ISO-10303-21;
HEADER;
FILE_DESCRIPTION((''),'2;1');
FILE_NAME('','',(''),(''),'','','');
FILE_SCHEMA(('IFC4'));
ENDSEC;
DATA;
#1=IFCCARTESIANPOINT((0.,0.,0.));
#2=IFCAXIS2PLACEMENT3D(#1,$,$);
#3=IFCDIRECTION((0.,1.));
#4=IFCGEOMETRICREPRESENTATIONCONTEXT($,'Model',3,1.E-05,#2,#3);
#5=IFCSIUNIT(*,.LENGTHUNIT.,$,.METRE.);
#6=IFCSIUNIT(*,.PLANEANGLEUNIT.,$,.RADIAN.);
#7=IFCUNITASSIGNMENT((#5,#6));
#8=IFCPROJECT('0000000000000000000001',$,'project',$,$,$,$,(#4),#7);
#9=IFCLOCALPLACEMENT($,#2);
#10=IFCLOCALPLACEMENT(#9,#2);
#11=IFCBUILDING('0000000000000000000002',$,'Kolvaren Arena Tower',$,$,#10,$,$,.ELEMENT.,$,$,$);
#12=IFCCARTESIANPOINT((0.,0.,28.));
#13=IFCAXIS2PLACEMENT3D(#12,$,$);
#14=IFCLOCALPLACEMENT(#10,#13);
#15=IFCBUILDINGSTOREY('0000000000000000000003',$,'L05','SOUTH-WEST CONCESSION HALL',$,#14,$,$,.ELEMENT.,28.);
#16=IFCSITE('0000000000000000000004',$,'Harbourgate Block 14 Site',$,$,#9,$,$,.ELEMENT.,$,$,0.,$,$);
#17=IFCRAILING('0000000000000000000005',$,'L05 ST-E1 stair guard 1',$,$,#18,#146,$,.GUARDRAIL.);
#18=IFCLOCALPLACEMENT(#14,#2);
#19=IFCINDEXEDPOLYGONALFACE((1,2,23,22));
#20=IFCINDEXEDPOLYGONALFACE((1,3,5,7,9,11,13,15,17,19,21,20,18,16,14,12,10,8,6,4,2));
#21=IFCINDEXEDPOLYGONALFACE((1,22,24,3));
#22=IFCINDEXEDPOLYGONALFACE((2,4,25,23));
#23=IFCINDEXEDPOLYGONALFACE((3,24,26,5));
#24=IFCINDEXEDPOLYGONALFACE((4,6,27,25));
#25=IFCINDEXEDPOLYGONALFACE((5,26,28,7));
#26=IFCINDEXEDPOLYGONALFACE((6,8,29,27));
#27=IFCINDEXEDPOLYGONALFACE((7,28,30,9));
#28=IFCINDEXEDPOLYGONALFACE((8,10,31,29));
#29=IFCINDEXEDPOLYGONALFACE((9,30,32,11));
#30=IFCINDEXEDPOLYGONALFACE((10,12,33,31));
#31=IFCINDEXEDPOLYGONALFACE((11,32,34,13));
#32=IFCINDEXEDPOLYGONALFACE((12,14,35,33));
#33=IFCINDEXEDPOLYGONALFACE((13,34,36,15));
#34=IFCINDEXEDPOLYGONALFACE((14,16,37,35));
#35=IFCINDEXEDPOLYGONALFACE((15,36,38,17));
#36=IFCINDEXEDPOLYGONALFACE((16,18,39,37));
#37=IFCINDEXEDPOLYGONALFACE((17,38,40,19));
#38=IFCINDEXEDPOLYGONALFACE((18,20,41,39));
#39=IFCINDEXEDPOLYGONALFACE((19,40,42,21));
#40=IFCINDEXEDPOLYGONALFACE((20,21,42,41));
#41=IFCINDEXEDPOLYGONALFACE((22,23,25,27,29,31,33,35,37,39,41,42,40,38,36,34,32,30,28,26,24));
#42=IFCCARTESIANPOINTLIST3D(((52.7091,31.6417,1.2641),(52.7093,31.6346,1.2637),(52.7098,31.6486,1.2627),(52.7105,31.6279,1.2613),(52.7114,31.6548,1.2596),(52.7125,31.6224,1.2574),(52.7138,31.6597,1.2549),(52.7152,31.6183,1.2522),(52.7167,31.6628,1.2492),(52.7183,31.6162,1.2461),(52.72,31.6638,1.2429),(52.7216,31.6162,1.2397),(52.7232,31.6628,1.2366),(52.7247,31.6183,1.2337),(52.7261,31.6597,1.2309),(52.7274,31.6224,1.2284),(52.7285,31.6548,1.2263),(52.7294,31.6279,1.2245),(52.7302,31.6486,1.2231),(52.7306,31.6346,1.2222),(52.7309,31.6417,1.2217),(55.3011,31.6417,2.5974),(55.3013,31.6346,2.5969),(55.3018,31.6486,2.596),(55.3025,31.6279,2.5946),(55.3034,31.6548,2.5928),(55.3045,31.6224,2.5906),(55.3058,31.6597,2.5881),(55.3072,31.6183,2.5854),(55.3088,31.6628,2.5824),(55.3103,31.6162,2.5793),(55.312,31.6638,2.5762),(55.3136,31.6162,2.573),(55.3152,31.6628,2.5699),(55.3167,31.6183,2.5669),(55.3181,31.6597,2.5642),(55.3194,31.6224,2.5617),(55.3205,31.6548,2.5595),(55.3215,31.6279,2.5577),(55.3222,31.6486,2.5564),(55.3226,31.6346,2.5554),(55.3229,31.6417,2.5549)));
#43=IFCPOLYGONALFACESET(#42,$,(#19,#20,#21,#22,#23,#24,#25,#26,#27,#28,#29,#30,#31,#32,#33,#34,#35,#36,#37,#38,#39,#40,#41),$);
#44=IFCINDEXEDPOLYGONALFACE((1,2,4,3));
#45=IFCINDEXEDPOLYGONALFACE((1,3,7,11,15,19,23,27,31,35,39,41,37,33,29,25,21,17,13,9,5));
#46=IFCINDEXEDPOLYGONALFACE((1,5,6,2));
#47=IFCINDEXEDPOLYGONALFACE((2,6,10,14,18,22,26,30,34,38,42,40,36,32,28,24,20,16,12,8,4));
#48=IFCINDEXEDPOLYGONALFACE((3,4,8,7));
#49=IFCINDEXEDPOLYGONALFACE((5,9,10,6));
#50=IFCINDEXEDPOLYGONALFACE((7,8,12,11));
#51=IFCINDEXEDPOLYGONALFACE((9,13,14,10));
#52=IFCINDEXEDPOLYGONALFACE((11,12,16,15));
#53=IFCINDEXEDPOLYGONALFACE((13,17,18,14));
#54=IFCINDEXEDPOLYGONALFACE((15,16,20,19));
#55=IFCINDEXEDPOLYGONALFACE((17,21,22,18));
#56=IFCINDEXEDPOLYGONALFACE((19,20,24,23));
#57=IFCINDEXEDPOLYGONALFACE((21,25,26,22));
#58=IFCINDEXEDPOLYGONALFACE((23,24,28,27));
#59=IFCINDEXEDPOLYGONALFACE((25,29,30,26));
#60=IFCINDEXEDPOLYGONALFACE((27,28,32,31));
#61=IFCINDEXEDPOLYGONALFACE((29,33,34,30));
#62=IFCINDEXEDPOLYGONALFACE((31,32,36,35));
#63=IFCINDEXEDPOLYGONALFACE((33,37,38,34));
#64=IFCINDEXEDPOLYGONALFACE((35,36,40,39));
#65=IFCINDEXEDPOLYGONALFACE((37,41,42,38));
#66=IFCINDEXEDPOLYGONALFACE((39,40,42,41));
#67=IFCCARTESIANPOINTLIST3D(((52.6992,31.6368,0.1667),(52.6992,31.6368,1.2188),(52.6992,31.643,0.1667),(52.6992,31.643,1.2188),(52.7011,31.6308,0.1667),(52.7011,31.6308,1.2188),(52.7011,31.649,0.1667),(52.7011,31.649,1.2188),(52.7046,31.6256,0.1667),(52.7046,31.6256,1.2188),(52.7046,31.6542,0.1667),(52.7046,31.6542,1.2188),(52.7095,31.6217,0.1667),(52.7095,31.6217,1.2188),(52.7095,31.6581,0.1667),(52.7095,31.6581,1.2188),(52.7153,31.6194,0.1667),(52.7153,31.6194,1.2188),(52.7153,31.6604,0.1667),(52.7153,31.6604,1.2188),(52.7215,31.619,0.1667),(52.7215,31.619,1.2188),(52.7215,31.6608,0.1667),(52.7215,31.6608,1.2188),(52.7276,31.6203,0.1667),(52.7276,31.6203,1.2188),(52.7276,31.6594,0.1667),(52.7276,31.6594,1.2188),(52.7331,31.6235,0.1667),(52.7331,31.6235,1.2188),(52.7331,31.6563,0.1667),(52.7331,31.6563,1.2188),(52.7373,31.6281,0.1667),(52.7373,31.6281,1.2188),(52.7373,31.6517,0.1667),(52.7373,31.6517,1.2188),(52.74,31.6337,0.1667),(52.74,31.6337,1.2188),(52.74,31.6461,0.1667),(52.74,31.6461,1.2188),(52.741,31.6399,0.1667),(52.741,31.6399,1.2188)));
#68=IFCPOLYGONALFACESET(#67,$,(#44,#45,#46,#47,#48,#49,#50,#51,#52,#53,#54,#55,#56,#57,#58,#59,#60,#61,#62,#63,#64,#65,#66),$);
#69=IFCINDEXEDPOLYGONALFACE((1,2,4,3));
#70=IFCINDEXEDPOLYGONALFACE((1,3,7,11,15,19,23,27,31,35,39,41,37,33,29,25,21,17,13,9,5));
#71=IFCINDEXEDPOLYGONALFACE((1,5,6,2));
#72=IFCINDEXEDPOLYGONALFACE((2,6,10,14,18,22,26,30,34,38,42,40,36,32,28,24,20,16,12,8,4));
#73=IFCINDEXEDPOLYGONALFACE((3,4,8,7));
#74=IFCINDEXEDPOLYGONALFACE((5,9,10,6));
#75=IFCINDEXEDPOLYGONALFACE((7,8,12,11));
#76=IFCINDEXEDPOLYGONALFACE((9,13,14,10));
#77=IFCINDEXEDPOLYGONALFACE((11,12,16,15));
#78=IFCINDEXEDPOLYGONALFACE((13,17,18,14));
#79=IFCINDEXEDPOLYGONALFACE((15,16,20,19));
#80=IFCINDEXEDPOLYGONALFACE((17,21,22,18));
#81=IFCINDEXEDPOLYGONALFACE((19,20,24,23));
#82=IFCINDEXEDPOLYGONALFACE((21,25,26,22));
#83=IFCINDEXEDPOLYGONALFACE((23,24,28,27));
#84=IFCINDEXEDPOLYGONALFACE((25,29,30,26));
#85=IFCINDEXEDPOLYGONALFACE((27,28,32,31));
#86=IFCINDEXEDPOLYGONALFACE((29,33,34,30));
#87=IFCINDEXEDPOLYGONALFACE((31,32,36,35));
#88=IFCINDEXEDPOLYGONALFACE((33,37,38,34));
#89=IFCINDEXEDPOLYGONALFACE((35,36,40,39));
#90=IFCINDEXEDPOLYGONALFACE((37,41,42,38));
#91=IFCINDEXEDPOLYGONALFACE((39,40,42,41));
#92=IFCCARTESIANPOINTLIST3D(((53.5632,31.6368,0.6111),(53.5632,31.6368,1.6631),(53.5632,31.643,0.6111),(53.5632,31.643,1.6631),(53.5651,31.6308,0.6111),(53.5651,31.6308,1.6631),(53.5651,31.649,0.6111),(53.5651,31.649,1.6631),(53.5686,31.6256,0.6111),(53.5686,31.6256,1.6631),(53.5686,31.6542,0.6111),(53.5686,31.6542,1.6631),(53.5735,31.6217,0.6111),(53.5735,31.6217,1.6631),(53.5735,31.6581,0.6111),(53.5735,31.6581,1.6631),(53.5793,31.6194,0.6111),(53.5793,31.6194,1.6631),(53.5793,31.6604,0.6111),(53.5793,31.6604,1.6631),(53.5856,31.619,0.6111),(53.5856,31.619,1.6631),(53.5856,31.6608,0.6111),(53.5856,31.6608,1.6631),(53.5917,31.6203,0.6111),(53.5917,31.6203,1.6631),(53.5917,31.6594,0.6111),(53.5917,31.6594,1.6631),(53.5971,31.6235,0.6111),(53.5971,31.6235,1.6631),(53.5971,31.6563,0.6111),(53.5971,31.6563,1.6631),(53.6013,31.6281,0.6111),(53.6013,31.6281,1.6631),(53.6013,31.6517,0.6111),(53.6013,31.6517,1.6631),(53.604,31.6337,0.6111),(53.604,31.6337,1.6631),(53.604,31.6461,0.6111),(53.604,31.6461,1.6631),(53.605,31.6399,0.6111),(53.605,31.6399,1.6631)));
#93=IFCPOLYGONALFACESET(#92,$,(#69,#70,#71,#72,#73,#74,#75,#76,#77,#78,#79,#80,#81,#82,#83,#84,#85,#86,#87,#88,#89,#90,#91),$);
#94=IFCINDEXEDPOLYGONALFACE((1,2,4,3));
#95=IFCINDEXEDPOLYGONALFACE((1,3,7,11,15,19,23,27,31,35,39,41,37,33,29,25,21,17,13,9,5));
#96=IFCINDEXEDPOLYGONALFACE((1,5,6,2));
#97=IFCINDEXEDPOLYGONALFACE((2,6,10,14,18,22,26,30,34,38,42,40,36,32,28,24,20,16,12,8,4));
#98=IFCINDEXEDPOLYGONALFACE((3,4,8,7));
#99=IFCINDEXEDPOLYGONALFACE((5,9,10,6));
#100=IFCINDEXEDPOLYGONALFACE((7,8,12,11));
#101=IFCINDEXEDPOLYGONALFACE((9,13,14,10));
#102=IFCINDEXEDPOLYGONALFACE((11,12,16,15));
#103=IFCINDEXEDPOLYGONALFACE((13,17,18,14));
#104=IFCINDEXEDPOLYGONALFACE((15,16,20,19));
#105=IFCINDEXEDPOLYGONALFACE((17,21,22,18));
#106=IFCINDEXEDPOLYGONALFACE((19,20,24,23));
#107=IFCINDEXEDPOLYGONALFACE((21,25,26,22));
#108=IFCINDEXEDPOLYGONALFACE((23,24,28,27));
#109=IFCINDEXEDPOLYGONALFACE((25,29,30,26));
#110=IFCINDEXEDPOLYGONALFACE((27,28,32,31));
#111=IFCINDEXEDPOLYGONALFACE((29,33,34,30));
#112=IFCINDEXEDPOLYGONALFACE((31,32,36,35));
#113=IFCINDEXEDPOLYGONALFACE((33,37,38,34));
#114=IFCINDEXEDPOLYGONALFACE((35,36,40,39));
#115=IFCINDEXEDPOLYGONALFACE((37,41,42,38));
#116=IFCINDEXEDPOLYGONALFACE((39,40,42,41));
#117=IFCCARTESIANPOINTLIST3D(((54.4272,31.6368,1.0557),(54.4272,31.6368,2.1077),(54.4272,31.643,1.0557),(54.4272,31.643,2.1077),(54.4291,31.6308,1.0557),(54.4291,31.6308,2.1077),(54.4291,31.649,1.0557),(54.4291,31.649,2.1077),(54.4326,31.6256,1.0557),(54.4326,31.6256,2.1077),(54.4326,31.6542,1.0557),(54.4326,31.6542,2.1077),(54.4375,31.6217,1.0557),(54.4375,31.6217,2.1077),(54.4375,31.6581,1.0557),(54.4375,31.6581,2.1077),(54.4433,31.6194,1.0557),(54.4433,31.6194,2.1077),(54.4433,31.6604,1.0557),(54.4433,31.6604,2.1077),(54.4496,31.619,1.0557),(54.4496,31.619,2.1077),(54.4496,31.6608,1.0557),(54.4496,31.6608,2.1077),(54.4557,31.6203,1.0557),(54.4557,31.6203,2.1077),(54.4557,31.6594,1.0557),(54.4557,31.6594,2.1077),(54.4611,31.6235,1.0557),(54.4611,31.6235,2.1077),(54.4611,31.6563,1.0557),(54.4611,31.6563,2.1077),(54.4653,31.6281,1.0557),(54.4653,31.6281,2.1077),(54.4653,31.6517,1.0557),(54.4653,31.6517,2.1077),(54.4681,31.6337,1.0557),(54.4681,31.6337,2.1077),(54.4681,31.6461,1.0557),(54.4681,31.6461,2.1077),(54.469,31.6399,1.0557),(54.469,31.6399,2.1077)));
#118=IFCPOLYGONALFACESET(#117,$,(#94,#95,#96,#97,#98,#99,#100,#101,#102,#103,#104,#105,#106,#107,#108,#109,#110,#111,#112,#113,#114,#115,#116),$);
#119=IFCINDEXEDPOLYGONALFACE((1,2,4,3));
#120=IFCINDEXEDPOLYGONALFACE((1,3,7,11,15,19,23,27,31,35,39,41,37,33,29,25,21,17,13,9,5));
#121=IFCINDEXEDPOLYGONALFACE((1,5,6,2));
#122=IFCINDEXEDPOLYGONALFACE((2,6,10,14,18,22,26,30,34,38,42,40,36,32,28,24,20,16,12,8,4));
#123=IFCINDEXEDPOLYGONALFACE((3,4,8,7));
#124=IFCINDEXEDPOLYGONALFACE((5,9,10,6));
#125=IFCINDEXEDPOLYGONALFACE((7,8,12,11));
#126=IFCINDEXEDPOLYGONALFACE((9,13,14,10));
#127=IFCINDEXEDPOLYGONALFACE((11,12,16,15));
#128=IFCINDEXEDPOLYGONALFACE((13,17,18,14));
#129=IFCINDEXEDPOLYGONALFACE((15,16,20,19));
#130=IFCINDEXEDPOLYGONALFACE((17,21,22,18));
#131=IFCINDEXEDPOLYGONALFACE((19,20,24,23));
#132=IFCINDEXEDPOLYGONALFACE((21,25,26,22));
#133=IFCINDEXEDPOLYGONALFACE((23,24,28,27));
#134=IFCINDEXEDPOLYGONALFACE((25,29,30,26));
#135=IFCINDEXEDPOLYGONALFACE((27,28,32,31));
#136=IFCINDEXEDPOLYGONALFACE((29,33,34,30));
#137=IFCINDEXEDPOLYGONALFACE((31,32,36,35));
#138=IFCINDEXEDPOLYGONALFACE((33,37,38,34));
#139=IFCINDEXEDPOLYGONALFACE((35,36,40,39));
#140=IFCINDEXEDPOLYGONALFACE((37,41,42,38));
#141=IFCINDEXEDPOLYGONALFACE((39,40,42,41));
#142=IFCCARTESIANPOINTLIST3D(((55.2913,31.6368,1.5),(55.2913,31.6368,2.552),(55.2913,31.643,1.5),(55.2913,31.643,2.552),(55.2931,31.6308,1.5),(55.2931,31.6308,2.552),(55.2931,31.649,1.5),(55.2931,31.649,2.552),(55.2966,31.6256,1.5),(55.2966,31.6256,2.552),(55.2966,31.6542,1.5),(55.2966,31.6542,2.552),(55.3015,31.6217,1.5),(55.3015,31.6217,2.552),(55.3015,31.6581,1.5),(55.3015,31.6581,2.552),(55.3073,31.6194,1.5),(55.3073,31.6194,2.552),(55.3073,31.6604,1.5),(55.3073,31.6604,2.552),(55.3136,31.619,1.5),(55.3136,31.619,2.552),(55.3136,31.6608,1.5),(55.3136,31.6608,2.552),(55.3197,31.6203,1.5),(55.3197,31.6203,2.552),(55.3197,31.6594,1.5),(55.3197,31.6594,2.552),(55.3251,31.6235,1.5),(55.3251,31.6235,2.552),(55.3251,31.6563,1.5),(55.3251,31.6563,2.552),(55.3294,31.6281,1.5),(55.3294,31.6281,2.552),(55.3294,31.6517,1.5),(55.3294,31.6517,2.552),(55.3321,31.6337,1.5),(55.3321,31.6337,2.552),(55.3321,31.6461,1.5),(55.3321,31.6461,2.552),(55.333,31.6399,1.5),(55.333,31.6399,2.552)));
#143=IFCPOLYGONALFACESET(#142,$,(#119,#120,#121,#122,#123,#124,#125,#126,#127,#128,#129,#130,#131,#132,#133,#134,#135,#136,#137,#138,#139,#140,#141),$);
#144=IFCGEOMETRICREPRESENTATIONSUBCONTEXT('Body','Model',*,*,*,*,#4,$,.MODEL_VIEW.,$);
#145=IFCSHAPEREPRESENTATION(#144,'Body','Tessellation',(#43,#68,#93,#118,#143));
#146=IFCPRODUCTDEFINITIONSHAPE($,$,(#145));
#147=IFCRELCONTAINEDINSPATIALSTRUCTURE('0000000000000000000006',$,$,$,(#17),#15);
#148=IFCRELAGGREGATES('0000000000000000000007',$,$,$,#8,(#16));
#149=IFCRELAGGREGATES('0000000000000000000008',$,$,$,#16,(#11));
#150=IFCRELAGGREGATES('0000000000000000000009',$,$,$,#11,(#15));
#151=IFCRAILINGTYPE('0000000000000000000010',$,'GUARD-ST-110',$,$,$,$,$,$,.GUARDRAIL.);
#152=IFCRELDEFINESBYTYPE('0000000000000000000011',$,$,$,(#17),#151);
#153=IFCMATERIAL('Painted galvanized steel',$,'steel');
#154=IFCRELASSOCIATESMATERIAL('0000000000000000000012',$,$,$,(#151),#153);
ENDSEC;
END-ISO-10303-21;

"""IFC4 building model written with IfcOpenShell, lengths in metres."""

from ifc_helpers import new_model, si_unit, direction, frame, origin, origin_2d, place, context, subcontext, project, spatial, circle, extrude, material, type_object, element, save


model = new_model("IFC4")

# Units and contexts
model_context = context("Model", 3, precision=1e-05, world=origin(), true_north=direction((0.0, 1.0)))
body_context = subcontext(model_context, "Body", "Model", "MODEL_VIEW")
ifc_project = project(units=[si_unit("LENGTHUNIT", "METRE"), si_unit("PLANEANGLEUNIT", "RADIAN")], contexts=[model_context])

# Site, building, storey
site_placement = place(None, origin())
site = spatial("IfcSite", under=ifc_project, at=site_placement, Name="Harbourgate Block 14 Site", CompositionType="ELEMENT", RefElevation=0.0)
building_placement = place(site_placement, origin())
building = spatial("IfcBuilding", under=site, at=building_placement, Name="Kolvaren Arena Tower", CompositionType="ELEMENT")
storey_placement = place(building_placement, frame((0.0, 0.0, 28.0)))
storey = spatial("IfcBuildingStorey", under=building, at=storey_placement, Name="L05", Description="SOUTH-WEST CONCESSION HALL", CompositionType="ELEMENT", Elevation=28.0)

# Railing
ifc_material_1 = material(Name="Painted galvanized steel", Category="steel")
railing_type_1 = type_object("IfcRailingType", Name="GUARD-ST-110", PredefinedType="GUARDRAIL", material=ifc_material_1)
railing_1_placement = place(storey_placement, frame((52.72, 31.6399, 0.1667)))
element("IfcRailing", 1, at=railing_1_placement, inside=storey, type_object=railing_type_1, Name="L05 ST-E1 stair guard 1", PredefinedType="GUARDRAIL", context=body_context, shape_type="SweptSolid", body=[
    extrude(circle(Radius=0.0239, at=origin_2d()), frame((0.0, 0.0, 1.0762), z_axis=(0.88926, 0.0, 0.457403), x_axis=(0.0, 1.0, 0.0)), (0.0, 0.0, 1.0), 2.9148),
    extrude(circle(Radius=0.021, at=origin_2d()), origin(), (0.0, 0.0, 1.0), 1.052),
    extrude(circle(Radius=0.021, at=origin_2d()), frame((0.864, 0.0, 0.4443)), (0.0, 0.0, 1.0), 1.052),
    extrude(circle(Radius=0.021, at=origin_2d()), frame((1.728, 0.0, 0.8889)), (0.0, 0.0, 1.0), 1.052),
    extrude(circle(Radius=0.021, at=origin_2d()), frame((2.592, 0.0, 1.3333)), (0.0, 0.0, 1.0), 1.052),
])

save(model, "model.ifc")
